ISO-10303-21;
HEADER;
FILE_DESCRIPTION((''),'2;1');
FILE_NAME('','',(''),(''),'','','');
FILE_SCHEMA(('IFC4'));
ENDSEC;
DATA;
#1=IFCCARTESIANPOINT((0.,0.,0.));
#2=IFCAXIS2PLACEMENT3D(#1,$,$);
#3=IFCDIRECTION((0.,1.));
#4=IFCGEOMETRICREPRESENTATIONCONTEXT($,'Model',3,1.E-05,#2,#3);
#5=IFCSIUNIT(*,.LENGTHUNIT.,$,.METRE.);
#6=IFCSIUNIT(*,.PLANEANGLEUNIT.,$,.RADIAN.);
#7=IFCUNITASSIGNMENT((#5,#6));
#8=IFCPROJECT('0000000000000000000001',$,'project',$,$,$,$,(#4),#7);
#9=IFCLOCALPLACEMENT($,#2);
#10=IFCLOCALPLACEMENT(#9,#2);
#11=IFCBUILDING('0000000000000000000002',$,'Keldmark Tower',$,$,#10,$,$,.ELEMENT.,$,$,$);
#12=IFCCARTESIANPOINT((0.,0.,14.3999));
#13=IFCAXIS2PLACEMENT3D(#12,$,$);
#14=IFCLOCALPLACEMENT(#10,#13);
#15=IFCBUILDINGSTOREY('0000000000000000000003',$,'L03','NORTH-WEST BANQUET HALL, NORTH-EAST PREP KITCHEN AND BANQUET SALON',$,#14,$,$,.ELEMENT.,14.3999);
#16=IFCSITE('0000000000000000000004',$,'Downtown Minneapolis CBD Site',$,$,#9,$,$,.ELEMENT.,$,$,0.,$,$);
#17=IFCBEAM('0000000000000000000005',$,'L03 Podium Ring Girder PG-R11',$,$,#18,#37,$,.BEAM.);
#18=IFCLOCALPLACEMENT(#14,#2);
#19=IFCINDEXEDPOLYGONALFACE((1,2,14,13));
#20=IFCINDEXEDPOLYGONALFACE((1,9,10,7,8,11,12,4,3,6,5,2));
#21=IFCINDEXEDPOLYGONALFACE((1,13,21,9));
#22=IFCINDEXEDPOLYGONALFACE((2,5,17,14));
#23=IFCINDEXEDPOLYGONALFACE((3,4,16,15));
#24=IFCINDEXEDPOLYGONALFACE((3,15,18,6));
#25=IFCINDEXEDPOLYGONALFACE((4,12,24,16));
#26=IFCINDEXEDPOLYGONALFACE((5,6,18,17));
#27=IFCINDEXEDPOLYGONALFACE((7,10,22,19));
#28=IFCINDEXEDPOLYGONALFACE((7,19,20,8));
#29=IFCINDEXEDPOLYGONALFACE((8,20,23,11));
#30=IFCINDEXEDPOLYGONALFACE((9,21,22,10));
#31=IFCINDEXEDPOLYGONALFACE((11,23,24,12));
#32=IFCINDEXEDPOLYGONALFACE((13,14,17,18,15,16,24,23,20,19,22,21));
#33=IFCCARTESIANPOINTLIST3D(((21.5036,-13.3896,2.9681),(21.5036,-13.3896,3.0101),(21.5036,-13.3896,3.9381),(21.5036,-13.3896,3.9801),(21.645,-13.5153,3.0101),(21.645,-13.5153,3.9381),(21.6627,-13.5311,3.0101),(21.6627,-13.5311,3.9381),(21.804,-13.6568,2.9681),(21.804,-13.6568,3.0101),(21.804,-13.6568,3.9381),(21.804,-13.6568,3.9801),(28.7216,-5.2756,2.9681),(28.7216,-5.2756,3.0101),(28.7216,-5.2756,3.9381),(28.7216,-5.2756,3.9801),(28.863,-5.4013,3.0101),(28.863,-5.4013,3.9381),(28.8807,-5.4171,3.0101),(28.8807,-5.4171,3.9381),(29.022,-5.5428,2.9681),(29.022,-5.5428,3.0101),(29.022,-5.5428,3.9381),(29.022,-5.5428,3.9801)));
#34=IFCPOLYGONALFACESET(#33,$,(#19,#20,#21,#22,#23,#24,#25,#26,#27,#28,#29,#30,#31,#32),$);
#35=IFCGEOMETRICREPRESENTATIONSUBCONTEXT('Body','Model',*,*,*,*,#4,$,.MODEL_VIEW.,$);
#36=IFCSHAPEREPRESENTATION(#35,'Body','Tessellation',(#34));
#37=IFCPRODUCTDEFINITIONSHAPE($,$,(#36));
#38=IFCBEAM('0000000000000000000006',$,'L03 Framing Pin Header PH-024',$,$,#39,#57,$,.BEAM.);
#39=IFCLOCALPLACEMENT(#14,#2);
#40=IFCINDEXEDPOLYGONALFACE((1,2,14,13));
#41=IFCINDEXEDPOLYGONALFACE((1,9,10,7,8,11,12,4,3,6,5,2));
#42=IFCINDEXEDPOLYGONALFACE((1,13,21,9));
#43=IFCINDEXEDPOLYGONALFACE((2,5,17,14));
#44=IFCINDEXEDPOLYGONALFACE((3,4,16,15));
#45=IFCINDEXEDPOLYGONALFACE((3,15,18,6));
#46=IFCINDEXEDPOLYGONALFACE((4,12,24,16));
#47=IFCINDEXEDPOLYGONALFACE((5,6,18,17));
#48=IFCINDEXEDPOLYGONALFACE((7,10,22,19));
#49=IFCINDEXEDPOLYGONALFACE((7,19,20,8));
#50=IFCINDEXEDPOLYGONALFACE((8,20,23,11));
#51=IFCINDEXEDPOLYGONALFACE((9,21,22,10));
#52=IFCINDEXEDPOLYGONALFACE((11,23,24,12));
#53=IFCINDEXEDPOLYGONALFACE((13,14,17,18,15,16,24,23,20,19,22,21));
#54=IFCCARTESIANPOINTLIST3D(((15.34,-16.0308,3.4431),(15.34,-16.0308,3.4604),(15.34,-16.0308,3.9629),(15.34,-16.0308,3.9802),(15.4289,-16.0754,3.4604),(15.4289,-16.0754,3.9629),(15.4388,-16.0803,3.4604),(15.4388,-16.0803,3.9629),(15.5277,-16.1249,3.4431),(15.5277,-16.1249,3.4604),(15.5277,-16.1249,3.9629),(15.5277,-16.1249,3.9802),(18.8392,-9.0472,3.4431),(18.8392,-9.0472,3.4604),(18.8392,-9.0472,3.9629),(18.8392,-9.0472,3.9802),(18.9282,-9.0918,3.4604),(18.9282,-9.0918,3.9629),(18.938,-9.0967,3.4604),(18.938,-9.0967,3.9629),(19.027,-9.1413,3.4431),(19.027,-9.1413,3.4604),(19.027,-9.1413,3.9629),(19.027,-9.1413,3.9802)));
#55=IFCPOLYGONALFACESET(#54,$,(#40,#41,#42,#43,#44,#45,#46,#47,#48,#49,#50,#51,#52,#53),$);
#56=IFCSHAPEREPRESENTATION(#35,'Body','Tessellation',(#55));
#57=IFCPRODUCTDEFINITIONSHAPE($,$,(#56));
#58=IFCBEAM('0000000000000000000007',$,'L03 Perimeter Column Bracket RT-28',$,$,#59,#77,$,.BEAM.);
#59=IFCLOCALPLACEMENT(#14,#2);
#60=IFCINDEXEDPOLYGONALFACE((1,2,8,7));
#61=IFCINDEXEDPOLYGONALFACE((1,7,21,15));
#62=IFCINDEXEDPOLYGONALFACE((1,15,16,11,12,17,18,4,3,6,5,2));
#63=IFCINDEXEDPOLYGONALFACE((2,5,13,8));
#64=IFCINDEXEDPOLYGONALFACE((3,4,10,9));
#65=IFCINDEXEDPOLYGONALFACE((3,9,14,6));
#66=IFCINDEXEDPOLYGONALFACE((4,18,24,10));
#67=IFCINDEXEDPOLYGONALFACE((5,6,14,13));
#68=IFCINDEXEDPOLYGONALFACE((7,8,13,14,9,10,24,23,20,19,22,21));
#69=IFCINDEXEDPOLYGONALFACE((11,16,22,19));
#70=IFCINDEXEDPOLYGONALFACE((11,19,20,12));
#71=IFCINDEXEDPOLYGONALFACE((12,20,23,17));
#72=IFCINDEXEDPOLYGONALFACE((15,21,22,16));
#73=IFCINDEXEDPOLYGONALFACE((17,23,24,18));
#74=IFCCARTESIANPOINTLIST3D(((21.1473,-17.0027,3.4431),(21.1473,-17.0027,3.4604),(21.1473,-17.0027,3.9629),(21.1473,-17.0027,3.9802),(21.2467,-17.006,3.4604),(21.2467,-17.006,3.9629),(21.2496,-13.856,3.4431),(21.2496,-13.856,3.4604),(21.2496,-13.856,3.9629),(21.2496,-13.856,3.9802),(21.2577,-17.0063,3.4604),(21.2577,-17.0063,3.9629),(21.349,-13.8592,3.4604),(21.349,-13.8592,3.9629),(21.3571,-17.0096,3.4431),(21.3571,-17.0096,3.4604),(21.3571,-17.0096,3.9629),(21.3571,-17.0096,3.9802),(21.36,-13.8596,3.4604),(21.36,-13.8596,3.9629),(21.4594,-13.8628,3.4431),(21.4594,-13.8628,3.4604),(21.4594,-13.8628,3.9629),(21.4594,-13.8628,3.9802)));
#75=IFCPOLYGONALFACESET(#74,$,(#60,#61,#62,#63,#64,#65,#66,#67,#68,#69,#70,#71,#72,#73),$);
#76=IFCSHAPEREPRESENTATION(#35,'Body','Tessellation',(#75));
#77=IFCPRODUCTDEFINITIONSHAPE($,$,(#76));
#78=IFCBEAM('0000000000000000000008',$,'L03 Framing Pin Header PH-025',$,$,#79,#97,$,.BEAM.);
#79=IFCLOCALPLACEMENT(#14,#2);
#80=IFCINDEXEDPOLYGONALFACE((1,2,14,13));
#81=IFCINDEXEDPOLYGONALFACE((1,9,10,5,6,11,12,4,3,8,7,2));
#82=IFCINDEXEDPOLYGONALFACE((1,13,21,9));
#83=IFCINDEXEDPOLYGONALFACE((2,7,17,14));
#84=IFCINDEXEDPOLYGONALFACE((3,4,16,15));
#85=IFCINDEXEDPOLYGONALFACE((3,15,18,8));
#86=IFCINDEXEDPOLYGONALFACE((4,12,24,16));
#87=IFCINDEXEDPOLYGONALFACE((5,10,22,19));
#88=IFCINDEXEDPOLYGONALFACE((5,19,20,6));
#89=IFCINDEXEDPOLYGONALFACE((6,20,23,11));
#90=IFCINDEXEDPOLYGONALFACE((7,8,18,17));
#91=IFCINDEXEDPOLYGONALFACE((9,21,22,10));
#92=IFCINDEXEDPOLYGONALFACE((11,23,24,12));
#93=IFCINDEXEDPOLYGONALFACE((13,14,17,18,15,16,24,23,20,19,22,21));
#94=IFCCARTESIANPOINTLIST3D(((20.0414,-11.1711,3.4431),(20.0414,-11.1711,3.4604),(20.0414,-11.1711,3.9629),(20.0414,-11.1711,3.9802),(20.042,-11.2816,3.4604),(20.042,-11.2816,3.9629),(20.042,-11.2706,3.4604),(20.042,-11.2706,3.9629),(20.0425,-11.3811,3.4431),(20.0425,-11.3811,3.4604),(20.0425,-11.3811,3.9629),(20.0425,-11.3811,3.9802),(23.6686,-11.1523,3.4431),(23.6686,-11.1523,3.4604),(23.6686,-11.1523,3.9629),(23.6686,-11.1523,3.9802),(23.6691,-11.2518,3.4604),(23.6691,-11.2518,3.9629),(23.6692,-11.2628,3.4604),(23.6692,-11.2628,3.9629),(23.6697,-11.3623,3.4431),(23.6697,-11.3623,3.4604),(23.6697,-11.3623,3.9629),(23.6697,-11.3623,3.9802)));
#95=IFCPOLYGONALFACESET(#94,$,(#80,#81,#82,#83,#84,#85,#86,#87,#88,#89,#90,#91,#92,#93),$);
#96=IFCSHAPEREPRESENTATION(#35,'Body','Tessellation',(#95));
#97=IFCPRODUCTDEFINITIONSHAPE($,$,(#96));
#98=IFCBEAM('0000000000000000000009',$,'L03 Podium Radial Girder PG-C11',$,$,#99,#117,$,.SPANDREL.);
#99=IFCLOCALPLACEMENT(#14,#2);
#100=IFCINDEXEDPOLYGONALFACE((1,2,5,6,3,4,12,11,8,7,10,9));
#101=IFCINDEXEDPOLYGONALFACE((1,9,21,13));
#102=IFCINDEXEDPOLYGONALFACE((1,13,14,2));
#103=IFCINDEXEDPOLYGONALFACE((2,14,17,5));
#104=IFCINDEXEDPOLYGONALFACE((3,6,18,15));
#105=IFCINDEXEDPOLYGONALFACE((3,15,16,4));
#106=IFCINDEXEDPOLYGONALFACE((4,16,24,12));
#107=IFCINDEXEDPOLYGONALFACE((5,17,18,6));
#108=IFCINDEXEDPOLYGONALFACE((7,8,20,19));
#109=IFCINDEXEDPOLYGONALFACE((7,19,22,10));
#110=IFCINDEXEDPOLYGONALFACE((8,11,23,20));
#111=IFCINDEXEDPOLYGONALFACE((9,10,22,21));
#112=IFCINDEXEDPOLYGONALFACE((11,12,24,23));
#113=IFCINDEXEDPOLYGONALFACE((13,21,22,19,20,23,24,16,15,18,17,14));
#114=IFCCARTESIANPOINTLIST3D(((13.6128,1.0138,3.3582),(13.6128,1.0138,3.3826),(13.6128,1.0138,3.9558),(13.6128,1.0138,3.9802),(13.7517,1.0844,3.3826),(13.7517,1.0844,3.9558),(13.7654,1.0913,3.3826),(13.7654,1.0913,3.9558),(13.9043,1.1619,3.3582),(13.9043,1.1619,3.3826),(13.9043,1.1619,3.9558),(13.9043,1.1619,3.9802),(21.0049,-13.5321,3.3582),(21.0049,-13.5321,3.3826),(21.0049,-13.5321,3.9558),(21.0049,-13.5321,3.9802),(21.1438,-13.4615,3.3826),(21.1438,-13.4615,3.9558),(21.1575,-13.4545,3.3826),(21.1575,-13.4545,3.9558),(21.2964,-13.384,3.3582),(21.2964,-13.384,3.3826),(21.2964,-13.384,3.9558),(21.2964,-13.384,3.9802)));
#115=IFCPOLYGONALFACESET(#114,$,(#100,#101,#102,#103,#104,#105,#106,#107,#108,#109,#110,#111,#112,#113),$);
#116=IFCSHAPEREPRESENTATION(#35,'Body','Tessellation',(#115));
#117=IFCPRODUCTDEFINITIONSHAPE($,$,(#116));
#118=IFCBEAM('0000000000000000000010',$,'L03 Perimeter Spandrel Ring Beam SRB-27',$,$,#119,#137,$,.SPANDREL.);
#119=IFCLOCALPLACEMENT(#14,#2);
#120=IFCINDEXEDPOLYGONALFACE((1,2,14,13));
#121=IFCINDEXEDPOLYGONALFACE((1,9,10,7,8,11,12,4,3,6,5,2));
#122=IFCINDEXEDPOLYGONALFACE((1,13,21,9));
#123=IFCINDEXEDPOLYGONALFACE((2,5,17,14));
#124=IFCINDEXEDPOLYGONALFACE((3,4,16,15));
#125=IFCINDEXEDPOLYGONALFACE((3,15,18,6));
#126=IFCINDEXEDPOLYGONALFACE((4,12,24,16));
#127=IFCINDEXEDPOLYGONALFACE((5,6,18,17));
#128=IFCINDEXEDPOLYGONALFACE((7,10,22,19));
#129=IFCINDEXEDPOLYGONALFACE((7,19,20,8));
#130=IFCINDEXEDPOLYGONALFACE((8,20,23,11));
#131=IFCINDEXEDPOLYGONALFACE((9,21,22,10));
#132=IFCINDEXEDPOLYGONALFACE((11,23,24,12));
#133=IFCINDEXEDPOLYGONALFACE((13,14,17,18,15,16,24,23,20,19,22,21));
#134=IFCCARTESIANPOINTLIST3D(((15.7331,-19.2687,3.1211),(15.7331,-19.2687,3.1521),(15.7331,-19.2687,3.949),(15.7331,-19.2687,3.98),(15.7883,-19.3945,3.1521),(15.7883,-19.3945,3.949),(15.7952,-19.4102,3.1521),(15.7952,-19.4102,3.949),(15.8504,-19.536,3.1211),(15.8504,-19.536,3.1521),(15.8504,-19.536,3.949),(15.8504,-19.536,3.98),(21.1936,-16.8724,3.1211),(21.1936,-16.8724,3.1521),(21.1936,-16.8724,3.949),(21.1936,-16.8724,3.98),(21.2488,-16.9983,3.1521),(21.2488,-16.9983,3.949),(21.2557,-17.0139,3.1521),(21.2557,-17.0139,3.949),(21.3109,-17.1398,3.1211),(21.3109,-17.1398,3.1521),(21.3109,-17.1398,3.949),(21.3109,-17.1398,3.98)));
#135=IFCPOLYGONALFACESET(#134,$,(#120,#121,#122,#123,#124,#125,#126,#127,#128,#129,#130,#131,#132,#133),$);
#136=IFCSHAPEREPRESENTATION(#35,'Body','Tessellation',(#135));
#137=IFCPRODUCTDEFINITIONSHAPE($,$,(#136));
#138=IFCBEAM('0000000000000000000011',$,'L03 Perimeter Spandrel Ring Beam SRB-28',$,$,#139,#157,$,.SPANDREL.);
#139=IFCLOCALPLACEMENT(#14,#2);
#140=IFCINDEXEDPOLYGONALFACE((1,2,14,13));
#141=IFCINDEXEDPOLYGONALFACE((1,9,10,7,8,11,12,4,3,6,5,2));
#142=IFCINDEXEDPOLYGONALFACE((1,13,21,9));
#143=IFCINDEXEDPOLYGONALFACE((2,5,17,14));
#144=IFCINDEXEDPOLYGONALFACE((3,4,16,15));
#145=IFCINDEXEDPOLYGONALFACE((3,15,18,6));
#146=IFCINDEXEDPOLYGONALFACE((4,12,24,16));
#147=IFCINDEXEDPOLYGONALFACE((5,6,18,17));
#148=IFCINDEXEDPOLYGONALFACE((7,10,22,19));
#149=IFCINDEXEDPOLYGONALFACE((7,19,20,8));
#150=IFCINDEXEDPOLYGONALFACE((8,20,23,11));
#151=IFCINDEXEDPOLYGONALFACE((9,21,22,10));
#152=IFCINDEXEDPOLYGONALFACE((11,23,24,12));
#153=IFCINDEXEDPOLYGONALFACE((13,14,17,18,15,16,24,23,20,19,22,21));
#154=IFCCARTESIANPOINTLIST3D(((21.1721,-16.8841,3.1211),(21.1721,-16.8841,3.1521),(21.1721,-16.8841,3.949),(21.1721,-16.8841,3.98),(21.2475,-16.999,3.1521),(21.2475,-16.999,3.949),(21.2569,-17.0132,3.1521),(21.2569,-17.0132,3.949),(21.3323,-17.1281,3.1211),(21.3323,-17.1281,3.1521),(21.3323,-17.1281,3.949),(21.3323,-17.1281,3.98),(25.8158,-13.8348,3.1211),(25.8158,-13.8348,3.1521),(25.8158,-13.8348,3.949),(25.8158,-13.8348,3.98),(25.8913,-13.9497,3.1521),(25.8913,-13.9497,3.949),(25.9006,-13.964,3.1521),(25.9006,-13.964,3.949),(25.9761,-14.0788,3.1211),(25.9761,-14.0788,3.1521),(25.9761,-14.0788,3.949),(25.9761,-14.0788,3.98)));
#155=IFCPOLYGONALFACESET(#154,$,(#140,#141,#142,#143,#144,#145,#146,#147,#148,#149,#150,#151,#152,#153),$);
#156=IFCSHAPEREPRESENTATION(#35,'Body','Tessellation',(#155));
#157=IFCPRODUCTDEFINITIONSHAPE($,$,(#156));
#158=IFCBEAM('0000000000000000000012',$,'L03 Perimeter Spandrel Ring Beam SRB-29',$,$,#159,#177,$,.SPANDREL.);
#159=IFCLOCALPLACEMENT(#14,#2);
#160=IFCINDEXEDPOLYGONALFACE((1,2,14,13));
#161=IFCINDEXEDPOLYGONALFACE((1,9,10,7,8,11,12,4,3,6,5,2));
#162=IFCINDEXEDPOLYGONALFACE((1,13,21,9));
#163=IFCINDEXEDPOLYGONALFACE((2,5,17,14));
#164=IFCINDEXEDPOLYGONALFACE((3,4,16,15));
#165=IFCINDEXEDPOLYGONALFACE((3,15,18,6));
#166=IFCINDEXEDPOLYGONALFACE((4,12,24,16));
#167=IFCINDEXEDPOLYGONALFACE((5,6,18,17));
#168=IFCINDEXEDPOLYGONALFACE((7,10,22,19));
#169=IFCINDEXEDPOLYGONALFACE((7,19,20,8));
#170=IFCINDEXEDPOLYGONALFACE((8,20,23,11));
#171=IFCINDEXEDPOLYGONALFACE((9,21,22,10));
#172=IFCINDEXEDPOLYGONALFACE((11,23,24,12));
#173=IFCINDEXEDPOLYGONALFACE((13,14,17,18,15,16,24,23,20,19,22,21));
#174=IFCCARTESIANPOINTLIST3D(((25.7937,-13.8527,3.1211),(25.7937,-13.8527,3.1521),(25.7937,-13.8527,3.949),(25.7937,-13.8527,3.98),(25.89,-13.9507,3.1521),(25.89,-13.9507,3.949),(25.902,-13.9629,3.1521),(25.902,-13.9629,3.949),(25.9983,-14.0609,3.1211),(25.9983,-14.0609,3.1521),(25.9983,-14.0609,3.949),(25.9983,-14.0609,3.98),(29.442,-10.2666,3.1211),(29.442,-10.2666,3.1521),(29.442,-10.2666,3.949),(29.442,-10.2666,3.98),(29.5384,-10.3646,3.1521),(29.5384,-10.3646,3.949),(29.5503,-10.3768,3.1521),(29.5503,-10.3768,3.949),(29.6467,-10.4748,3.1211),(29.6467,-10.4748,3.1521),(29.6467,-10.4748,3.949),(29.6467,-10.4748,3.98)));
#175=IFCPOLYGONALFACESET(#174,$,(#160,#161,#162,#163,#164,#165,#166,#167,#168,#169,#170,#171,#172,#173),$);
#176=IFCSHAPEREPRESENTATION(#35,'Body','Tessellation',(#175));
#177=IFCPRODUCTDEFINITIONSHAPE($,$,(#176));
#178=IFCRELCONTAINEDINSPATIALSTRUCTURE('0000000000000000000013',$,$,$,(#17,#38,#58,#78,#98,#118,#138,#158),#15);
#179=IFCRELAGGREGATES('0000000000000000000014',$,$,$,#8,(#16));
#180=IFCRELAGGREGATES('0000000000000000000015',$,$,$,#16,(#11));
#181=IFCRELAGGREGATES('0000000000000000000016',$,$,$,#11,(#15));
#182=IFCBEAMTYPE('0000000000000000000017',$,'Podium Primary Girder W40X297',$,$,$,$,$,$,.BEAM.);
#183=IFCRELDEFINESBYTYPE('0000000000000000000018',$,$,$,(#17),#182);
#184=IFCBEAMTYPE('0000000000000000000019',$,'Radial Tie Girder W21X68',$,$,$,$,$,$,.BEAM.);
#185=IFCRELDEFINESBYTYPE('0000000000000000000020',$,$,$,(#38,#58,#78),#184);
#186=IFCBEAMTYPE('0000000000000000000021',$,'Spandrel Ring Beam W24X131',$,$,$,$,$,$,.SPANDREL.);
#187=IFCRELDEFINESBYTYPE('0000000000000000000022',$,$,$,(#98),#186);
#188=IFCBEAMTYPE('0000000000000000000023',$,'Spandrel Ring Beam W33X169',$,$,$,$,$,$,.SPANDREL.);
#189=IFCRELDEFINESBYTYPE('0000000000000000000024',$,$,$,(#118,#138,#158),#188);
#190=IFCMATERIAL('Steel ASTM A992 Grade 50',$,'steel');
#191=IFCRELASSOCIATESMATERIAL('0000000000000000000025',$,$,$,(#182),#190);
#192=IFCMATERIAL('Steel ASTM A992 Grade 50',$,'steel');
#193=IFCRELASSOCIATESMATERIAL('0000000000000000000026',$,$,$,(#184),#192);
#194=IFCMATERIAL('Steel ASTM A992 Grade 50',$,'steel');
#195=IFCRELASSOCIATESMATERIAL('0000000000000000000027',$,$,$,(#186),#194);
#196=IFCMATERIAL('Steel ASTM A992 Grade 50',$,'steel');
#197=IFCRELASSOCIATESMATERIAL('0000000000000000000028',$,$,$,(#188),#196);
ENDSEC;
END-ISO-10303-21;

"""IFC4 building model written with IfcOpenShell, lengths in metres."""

from ifc_helpers import new_model, si_unit, direction, frame, origin, origin_2d, place, context, subcontext, project, spatial, i_section, extrude, material, material_profile, profile_set, type_object, element, save


model = new_model("IFC4")

# Units and contexts
model_context = context("Model", 3, precision=1e-05, world=origin(), true_north=direction((0.0, 1.0)))
body_context = subcontext(model_context, "Body", "Model", "MODEL_VIEW")
ifc_project = project(units=[si_unit("LENGTHUNIT", "METRE"), si_unit("PLANEANGLEUNIT", "RADIAN")], contexts=[model_context])

# Site, building, storey
site_placement = place(None, origin())
site = spatial("IfcSite", under=ifc_project, at=site_placement, Name="Downtown Minneapolis CBD Site", CompositionType="ELEMENT", RefElevation=0.0)
building_placement = place(site_placement, origin())
building = spatial("IfcBuilding", under=site, at=building_placement, Name="Keldmark Tower", CompositionType="ELEMENT")
storey_placement = place(building_placement, frame((0.0, 0.0, 14.3999)))
storey = spatial("IfcBuildingStorey", under=building, at=storey_placement, Name="L03", Description="NORTH-WEST BANQUET HALL, NORTH-EAST PREP KITCHEN AND BANQUET SALON", CompositionType="ELEMENT", Elevation=14.3999)

# Beams
ifc_material_1 = material(Name="Steel ASTM A992 Grade 50", Category="steel")
ifc_material_profile_1 = material_profile(ifc_material_1, i_section(OverallWidth=0.4021, OverallDepth=1.012, WebThickness=0.0237, FlangeThickness=0.042, at=origin_2d()), Name="W40X297")
ifc_profile_set_1 = profile_set([ifc_material_profile_1], Name="Steel ASTM A992 Grade 50")
beam_type_1 = type_object("IfcBeamType", Name="Podium Primary Girder W40X297", PredefinedType="BEAM", material=ifc_profile_set_1)
beam_1_placement = place(storey_placement, frame((21.6538, -13.5232, 3.4741), z_axis=(0.66465, 0.747155, 0.0), x_axis=(-0.747155, 0.66465, 0.0)))
element("IfcBeam", 1, at=beam_1_placement, inside=storey, type_object=beam_type_1, Name="L03 Podium Ring Girder PG-R11", PredefinedType="BEAM", context=body_context, shape_type="SweptSolid", body=[
    extrude(i_section(OverallWidth=0.4021, OverallDepth=1.012, WebThickness=0.0237, FlangeThickness=0.042, at=origin_2d()), origin(), (0.0, 0.0, 1.0), 10.8599),
])
ifc_material_2 = material(Name="Steel ASTM A992 Grade 50", Category="steel")
ifc_material_profile_2 = material_profile(ifc_material_2, i_section(OverallWidth=0.21, OverallDepth=0.5371, WebThickness=0.011, FlangeThickness=0.0173, at=origin_2d()), Name="W21X68")
ifc_profile_set_2 = profile_set([ifc_material_profile_2], Name="Steel ASTM A992 Grade 50")
beam_type_2 = type_object("IfcBeamType", Name="Radial Tie Girder W21X68", PredefinedType="BEAM", material=ifc_profile_set_2)
beam_2_placement = place(storey_placement, frame((18.9331, -9.0942, 3.7117), z_axis=(-0.447976, -0.894046, 0.0), x_axis=(0.894046, -0.447976, 0.0)))
element("IfcBeam", 2, at=beam_2_placement, inside=storey, type_object=beam_type_2, Name="L03 Framing Pin Header PH-024", PredefinedType="BEAM", context=body_context, shape_type="SweptSolid", body=[
    extrude(i_section(OverallWidth=0.21, OverallDepth=0.5371, WebThickness=0.011, FlangeThickness=0.0173, at=origin_2d()), origin(), (0.0, 0.0, 1.0), 7.8113),
])
beam_3_placement = place(storey_placement, frame((21.3545, -13.8594, 3.7117), z_axis=(-0.032491, -0.999472, 0.0), x_axis=(0.999472, -0.032491, 0.0)))
element("IfcBeam", 3, at=beam_3_placement, inside=storey, type_object=beam_type_2, Name="L03 Perimeter Column Bracket RT-28", PredefinedType="BEAM", context=body_context, shape_type="SweptSolid", body=[
    extrude(i_section(OverallWidth=0.21, OverallDepth=0.5371, WebThickness=0.011, FlangeThickness=0.0173, at=origin_2d()), origin(), (0.0, 0.0, 1.0), 3.1484),
])
beam_4_placement = place(storey_placement, frame((20.042, -11.2761, 3.7117), z_axis=(0.999987, 0.005183, 0.0), x_axis=(-0.005183, 0.999987, 0.0)))
element("IfcBeam", 4, at=beam_4_placement, inside=storey, type_object=beam_type_2, Name="L03 Framing Pin Header PH-025", PredefinedType="BEAM", context=body_context, shape_type="SweptSolid", body=[
    extrude(i_section(OverallWidth=0.21, OverallDepth=0.5371, WebThickness=0.011, FlangeThickness=0.0173, at=origin_2d()), origin(), (0.0, 0.0, 1.0), 3.6272),
])
ifc_material_3 = material(Name="Steel ASTM A992 Grade 50", Category="steel")
ifc_material_profile_3 = material_profile(ifc_material_3, i_section(OverallWidth=0.3269, OverallDepth=0.6221, WebThickness=0.0154, FlangeThickness=0.0244, at=origin_2d()), Name="W24X131")
ifc_profile_set_3 = profile_set([ifc_material_profile_3], Name="Steel ASTM A992 Grade 50")
beam_type_3 = type_object("IfcBeamType", Name="Spandrel Ring Beam W24X131", PredefinedType="SPANDREL", material=ifc_profile_set_3)
beam_5_placement = place(storey_placement, frame((21.1506, -13.458, 3.6692), z_axis=(-0.453046, 0.891487, 0.0), x_axis=(-0.891487, -0.453046, 0.0)))
element("IfcBeam", 5, at=beam_5_placement, inside=storey, type_object=beam_type_3, Name="L03 Podium Radial Girder PG-C11", PredefinedType="SPANDREL", context=body_context, shape_type="SweptSolid", body=[
    extrude(i_section(OverallWidth=0.3269, OverallDepth=0.6221, WebThickness=0.0154, FlangeThickness=0.0244, at=origin_2d()), origin(), (0.0, 0.0, 1.0), 16.3164),
])
ifc_material_4 = material(Name="Steel ASTM A992 Grade 50", Category="steel")
ifc_material_profile_4 = material_profile(ifc_material_4, i_section(OverallWidth=0.292, OverallDepth=0.8589, WebThickness=0.0171, FlangeThickness=0.031, at=origin_2d()), Name="W33X169")
ifc_profile_set_4 = profile_set([ifc_material_profile_4], Name="Steel ASTM A992 Grade 50")
beam_type_4 = type_object("IfcBeamType", Name="Spandrel Ring Beam W33X169", PredefinedType="SPANDREL", material=ifc_profile_set_4)
beam_6_placement = place(storey_placement, frame((15.7917, -19.4023, 3.5505), z_axis=(0.915708, 0.401845, 0.0), x_axis=(-0.401845, 0.915708, 0.0)))
element("IfcBeam", 6, at=beam_6_placement, inside=storey, type_object=beam_type_4, Name="L03 Perimeter Spandrel Ring Beam SRB-27", PredefinedType="SPANDREL", context=body_context, shape_type="SweptSolid", body=[
    extrude(i_section(OverallWidth=0.292, OverallDepth=0.8589, WebThickness=0.0171, FlangeThickness=0.031, at=origin_2d()), origin(), (0.0, 0.0, 1.0), 5.9631),
])
beam_7_placement = place(storey_placement, frame((21.2522, -17.0061, 3.5505), z_axis=(0.835897, 0.548886, 0.0), x_axis=(-0.548886, 0.835897, 0.0)))
element("IfcBeam", 7, at=beam_7_placement, inside=storey, type_object=beam_type_4, Name="L03 Perimeter Spandrel Ring Beam SRB-28", PredefinedType="SPANDREL", context=body_context, shape_type="SweptSolid", body=[
    extrude(i_section(OverallWidth=0.292, OverallDepth=0.8589, WebThickness=0.0171, FlangeThickness=0.031, at=origin_2d()), origin(), (0.0, 0.0, 1.0), 5.5554),
])
beam_8_placement = place(storey_placement, frame((25.896, -13.9568, 3.5505), z_axis=(0.713165, 0.700996, 0.0), x_axis=(-0.700996, 0.713165, 0.0)))
element("IfcBeam", 8, at=beam_8_placement, inside=storey, type_object=beam_type_4, Name="L03 Perimeter Spandrel Ring Beam SRB-29", PredefinedType="SPANDREL", context=body_context, shape_type="SweptSolid", body=[
    extrude(i_section(OverallWidth=0.292, OverallDepth=0.8589, WebThickness=0.0171, FlangeThickness=0.031, at=origin_2d()), origin(), (0.0, 0.0, 1.0), 5.1157),
])

save(model, "model.ifc")
